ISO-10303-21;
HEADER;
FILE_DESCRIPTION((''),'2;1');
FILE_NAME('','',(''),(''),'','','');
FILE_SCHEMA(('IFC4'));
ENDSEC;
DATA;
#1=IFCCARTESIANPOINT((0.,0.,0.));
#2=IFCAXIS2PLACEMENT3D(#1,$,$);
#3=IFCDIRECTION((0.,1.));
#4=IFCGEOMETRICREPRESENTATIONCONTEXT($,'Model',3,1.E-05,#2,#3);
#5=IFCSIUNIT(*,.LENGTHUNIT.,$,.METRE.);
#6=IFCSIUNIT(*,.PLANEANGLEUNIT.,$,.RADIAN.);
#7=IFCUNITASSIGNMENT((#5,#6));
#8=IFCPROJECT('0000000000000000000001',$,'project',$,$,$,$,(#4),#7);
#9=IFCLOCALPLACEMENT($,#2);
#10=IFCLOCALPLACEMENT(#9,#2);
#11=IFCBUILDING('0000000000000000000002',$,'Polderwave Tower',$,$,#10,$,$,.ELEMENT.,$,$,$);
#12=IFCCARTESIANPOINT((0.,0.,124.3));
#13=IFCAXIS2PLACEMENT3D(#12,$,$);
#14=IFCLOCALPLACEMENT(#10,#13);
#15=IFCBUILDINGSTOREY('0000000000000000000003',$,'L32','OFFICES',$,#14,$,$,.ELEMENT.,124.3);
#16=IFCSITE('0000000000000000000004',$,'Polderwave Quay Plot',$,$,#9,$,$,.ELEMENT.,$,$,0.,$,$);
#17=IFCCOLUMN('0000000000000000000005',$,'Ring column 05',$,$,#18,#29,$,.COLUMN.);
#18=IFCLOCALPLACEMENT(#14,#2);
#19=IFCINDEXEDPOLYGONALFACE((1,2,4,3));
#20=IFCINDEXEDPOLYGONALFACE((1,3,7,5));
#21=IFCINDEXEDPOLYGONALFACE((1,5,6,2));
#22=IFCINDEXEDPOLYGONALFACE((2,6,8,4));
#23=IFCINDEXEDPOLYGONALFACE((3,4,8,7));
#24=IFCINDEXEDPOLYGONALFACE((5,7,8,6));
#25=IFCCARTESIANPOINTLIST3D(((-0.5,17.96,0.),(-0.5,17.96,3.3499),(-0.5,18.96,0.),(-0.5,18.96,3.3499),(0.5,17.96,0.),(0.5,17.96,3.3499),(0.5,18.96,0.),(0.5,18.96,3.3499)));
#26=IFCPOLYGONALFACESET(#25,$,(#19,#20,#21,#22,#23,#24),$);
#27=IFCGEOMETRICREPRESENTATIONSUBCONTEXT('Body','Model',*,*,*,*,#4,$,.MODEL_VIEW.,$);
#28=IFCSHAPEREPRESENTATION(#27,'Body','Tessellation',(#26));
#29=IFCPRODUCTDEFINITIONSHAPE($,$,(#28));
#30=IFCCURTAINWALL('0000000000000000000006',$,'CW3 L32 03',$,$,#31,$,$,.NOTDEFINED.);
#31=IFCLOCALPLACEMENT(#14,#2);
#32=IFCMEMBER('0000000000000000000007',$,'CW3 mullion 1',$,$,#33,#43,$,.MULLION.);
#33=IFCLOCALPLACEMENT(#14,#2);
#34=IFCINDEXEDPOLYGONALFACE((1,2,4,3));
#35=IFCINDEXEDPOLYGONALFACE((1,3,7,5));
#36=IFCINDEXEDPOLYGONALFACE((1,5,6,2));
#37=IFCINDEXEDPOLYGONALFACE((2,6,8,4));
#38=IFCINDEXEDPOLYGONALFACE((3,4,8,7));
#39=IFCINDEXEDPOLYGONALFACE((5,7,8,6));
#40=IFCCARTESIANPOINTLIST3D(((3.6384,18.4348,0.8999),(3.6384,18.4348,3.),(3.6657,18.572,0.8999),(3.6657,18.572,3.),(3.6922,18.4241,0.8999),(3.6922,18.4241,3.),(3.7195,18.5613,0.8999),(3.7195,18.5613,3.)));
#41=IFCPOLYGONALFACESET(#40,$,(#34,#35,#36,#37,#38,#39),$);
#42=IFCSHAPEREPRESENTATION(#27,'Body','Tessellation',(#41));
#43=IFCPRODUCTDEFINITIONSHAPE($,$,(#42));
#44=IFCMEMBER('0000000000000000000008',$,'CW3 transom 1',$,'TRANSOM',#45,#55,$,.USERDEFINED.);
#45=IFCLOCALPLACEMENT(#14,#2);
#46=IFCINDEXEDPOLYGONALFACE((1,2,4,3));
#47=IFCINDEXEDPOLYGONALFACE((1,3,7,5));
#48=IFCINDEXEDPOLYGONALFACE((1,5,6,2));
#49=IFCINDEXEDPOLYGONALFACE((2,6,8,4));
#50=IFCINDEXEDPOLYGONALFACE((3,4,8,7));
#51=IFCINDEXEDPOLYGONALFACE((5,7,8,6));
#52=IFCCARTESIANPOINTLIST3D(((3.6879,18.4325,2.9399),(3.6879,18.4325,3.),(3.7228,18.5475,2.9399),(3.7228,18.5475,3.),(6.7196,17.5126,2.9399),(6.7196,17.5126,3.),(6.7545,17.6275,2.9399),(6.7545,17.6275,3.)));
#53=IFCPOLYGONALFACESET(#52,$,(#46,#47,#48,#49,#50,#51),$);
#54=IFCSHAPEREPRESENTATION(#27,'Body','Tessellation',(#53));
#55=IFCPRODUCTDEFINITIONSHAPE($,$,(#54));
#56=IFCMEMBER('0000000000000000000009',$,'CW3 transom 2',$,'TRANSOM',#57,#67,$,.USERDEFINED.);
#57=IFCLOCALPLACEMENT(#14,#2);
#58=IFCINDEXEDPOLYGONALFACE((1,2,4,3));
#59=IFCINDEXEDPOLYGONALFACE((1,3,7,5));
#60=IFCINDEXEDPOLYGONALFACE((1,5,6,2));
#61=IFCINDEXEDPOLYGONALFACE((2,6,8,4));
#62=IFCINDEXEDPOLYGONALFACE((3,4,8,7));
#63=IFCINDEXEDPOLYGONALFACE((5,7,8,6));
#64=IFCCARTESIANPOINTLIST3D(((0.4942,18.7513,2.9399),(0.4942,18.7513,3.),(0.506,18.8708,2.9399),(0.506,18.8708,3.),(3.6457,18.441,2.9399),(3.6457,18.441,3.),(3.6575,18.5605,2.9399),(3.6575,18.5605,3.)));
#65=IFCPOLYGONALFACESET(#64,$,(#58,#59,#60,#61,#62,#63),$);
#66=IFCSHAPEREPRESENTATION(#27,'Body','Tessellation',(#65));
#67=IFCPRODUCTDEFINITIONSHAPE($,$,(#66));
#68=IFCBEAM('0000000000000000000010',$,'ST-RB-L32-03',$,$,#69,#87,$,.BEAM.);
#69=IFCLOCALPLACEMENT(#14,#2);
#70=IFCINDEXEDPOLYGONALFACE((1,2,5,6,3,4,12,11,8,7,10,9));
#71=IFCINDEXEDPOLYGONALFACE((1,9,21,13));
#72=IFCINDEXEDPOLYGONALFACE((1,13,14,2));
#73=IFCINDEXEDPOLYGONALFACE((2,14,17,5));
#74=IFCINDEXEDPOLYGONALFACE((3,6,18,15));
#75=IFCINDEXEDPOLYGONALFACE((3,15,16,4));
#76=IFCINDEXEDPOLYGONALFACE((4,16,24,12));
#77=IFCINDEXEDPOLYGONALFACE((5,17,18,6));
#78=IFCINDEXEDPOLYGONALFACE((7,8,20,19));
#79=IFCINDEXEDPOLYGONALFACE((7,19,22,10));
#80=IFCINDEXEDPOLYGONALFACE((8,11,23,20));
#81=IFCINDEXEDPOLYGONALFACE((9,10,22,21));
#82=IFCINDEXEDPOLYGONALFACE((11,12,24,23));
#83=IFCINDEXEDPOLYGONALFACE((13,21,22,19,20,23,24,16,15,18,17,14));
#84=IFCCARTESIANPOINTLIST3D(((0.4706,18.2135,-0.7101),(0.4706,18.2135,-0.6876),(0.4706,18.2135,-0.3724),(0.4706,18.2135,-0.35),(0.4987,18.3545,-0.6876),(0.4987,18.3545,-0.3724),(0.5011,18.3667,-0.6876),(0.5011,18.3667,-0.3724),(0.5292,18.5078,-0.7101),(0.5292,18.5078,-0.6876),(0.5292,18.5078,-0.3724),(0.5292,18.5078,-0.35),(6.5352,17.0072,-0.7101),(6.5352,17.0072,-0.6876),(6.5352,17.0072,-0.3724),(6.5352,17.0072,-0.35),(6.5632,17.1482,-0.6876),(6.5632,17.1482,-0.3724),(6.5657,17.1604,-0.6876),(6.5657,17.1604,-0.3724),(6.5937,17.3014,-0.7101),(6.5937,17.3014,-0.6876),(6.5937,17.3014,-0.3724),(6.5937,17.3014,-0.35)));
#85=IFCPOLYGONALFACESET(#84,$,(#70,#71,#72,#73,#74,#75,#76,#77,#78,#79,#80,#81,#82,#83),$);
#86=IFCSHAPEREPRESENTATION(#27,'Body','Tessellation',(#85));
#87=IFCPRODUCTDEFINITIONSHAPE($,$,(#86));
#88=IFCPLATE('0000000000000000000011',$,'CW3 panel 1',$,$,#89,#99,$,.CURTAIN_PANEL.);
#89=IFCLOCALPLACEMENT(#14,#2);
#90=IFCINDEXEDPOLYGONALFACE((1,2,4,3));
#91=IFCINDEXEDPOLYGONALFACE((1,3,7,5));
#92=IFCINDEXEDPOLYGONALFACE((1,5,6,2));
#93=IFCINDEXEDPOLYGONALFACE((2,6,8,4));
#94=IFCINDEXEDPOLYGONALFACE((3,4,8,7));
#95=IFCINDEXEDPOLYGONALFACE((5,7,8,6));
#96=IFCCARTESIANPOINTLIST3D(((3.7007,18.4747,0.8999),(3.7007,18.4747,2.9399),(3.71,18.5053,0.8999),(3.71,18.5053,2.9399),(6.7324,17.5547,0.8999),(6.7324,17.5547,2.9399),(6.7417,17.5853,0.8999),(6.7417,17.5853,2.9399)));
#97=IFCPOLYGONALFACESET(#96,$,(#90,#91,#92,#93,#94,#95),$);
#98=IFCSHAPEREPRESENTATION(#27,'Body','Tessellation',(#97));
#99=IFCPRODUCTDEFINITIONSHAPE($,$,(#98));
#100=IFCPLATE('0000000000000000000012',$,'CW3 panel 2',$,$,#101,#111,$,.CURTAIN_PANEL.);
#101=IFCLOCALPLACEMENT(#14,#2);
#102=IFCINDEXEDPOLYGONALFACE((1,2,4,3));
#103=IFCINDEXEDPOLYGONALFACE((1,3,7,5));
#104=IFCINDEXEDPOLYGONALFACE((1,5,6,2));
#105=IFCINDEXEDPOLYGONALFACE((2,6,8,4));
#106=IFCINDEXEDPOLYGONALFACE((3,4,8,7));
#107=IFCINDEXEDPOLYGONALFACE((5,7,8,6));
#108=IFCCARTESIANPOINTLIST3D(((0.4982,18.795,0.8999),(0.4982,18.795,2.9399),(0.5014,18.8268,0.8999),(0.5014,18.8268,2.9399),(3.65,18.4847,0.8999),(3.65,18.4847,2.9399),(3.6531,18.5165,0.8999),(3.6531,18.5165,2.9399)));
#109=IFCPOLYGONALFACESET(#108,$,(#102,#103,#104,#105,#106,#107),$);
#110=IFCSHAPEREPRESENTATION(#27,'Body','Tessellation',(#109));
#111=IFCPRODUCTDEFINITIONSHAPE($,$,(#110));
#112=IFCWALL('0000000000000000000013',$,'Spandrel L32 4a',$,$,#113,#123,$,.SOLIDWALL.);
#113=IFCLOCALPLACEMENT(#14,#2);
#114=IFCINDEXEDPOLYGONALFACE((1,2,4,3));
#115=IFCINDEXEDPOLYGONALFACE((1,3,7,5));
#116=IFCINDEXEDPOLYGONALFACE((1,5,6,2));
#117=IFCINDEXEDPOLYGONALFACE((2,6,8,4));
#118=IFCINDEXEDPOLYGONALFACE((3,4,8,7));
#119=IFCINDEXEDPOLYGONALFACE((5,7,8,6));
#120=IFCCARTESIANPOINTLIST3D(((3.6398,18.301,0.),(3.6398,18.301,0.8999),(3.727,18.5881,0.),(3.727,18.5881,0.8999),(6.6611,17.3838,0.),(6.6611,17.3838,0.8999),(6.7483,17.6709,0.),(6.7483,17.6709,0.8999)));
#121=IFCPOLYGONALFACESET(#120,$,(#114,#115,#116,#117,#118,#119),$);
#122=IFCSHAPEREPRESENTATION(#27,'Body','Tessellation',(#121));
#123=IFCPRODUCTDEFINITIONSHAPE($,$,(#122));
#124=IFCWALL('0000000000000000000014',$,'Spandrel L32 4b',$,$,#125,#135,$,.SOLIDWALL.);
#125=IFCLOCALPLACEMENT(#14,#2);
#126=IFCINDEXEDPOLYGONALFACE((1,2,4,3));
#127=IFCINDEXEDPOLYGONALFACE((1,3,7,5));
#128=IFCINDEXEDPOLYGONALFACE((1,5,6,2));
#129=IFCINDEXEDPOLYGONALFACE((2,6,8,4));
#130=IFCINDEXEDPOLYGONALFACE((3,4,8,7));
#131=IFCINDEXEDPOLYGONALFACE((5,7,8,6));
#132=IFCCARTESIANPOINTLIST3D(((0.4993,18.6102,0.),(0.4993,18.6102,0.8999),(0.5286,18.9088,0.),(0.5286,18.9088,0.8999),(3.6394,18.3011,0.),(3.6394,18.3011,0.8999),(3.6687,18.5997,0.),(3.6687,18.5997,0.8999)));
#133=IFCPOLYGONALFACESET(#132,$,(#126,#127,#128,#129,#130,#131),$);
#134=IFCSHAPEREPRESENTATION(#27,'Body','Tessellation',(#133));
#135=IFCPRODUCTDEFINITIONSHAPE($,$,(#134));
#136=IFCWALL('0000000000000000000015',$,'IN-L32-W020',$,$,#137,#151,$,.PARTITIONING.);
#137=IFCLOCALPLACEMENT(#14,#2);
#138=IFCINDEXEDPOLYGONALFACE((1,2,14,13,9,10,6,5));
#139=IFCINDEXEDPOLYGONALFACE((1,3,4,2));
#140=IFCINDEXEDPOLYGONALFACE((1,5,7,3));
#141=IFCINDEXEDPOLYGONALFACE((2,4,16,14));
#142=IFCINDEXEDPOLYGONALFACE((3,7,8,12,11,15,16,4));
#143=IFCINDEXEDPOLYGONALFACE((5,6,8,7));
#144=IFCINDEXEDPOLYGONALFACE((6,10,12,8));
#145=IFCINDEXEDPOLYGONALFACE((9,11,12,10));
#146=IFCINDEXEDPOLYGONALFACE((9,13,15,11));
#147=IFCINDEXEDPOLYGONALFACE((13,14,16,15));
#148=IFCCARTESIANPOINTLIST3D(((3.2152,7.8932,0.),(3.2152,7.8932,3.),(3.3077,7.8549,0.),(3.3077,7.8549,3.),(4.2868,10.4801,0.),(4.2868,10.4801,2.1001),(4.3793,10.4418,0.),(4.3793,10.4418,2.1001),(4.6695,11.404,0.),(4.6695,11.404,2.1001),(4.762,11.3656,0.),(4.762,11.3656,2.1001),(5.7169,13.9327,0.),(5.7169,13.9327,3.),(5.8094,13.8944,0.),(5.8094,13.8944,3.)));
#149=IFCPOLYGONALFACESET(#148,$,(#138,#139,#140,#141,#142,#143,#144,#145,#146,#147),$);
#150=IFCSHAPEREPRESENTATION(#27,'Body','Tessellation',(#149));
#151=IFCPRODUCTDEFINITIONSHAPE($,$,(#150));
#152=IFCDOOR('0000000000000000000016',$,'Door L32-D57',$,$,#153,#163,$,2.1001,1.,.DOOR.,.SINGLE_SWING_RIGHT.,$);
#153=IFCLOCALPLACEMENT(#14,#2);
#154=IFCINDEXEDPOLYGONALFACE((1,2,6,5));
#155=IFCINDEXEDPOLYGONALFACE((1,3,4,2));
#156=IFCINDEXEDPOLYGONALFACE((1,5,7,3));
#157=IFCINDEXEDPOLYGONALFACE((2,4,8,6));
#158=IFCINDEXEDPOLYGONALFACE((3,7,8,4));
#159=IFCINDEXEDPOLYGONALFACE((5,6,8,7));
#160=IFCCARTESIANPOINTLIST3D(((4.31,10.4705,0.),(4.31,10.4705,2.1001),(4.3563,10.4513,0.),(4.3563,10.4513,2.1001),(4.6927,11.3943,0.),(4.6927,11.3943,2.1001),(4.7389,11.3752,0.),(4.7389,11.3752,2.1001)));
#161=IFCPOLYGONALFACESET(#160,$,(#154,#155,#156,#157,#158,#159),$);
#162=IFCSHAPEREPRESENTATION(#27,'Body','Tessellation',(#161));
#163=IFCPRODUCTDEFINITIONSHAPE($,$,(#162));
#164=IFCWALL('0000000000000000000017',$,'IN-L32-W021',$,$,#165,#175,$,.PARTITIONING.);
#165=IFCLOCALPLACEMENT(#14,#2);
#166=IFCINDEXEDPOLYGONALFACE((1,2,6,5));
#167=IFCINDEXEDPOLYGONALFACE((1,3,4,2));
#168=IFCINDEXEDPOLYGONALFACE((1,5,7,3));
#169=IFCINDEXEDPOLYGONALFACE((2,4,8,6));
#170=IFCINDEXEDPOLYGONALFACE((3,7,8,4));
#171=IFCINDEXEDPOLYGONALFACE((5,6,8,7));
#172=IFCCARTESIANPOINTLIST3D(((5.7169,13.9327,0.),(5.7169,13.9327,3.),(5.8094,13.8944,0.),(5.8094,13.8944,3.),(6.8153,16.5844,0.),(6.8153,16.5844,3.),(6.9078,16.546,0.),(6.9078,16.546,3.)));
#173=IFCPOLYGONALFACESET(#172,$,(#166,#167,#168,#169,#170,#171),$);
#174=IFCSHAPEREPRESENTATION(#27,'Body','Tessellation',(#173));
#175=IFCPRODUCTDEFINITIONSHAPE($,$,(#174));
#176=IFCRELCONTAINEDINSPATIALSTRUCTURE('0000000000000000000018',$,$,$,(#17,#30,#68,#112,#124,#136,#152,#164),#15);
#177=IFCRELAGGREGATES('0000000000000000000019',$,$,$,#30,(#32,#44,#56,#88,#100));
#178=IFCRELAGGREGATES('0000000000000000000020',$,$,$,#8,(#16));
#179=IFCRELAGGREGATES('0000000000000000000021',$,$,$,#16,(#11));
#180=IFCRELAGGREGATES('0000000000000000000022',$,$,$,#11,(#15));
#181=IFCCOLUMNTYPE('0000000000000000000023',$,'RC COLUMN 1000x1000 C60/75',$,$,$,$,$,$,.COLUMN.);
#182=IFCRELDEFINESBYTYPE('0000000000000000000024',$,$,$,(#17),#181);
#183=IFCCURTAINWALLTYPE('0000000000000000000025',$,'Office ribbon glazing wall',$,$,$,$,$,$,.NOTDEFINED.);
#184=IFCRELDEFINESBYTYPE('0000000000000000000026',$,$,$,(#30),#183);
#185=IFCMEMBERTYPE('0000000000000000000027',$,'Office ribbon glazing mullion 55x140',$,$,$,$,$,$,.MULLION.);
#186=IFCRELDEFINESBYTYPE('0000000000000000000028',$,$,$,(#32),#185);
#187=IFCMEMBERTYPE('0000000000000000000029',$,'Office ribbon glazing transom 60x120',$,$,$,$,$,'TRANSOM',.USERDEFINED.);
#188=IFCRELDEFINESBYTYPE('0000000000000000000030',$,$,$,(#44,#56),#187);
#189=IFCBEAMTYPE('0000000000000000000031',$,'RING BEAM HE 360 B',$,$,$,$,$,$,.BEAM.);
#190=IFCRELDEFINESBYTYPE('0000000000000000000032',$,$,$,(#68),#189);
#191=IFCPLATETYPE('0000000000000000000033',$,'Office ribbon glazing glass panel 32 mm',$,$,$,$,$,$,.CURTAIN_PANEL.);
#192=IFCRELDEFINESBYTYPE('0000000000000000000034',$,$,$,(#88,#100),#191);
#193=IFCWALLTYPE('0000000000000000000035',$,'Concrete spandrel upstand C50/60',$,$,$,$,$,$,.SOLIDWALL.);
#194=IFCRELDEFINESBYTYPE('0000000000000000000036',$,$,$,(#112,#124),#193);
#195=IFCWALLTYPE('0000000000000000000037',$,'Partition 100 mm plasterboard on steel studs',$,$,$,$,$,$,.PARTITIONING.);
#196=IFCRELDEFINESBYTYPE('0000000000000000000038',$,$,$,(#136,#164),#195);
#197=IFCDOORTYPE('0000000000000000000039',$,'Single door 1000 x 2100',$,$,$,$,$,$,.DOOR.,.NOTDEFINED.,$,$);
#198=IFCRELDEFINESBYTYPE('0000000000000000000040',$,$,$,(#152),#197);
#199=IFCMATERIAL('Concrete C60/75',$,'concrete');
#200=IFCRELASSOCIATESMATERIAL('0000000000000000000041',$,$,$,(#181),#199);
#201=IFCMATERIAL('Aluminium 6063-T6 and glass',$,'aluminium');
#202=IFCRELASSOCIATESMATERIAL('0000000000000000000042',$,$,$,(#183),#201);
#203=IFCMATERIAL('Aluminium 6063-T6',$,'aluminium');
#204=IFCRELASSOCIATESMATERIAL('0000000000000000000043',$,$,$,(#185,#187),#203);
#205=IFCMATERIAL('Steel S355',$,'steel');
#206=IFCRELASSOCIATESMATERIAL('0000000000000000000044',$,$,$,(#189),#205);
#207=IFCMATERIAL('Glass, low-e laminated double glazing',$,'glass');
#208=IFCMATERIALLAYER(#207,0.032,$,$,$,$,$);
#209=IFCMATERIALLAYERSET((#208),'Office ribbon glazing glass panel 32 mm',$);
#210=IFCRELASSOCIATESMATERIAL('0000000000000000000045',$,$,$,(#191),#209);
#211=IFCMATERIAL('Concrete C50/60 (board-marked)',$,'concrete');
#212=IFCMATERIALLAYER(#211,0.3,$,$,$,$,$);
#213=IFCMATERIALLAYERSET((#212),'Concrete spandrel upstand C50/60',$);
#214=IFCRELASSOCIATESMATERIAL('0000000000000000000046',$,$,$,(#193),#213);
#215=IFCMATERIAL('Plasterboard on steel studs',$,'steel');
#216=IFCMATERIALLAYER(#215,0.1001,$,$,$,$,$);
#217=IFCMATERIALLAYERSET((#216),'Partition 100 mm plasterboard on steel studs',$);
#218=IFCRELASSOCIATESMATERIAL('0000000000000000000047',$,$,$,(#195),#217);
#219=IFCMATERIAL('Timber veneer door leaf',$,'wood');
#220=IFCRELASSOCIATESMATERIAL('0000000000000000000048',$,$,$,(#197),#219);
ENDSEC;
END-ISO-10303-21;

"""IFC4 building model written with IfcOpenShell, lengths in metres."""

from ifc_helpers import new_model, si_unit, direction, frame, frame_2d, origin, origin_2d, place, context, subcontext, project, spatial, rectangle, i_section, extrude, material, layer, layer_set, material_profile, profile_set, type_object, element, fill, aggregate, save


model = new_model("IFC4")

# Units and contexts
model_context = context("Model", 3, precision=1e-05, world=origin(), true_north=direction((0.0, 1.0)))
body_context = subcontext(model_context, "Body", "Model", "MODEL_VIEW")
ifc_project = project(units=[si_unit("LENGTHUNIT", "METRE"), si_unit("PLANEANGLEUNIT", "RADIAN")], contexts=[model_context])

# Site, building, storey
site_placement = place(None, origin())
site = spatial("IfcSite", under=ifc_project, at=site_placement, Name="Polderwave Quay Plot", CompositionType="ELEMENT", RefElevation=0.0)
building_placement = place(site_placement, origin())
building = spatial("IfcBuilding", under=site, at=building_placement, Name="Polderwave Tower", CompositionType="ELEMENT")
storey_placement = place(building_placement, frame((0.0, 0.0, 124.3)))
storey = spatial("IfcBuildingStorey", under=building, at=storey_placement, Name="L32", Description="OFFICES", CompositionType="ELEMENT", Elevation=124.3)

# Column
ifc_material_1 = material(Name="Concrete C60/75", Category="concrete")
ifc_material_profile_1 = material_profile(ifc_material_1, rectangle(XDim=1.0, YDim=1.0, at=origin_2d()), Name="RC 1000x1000")
ifc_profile_set_1 = profile_set([ifc_material_profile_1], Name="Concrete C60/75")
column_type = type_object("IfcColumnType", Name="RC COLUMN 1000x1000 C60/75", PredefinedType="COLUMN", material=ifc_profile_set_1)
column_placement = place(storey_placement, frame((0.0, 18.46, 0.0), z_axis=(0.0, 0.0, 1.0), x_axis=(0.0, 1.0, 0.0)))
element("IfcColumn", 1, at=column_placement, inside=storey, type_object=column_type, Name="Ring column 05", PredefinedType="COLUMN", context=body_context, shape_type="SweptSolid", body=[
    extrude(rectangle(XDim=1.0, YDim=1.0, at=origin_2d()), origin(), (0.0, 0.0, 1.0), 3.3499),
])

# Curtain wall, members
ifc_material_2 = material(Name="Aluminium 6063-T6 and glass", Category="aluminium")
curtain_wall_type = type_object("IfcCurtainWallType", Name="Office ribbon glazing wall", PredefinedType="NOTDEFINED", material=ifc_material_2)
curtain_wall_placement = place(storey_placement, origin())
curtain_wall = element("IfcCurtainWall", 2, at=curtain_wall_placement, inside=storey, type_object=curtain_wall_type, Name="CW3 L32 03", PredefinedType="NOTDEFINED")
ifc_material_3 = material(Name="Aluminium 6063-T6", Category="aluminium")
ifc_material_profile_2 = material_profile(ifc_material_3, rectangle(XDim=0.1399, YDim=0.0549, at=origin_2d()), Name="AL 55x140")
ifc_profile_set_2 = profile_set([ifc_material_profile_2], Name="Aluminium 6063-T6")
member_type_1 = type_object("IfcMemberType", Name="Office ribbon glazing mullion 55x140", PredefinedType="MULLION", material=ifc_profile_set_2)
member_1_placement = place(storey_placement, frame((3.679, 18.498, 0.8999), z_axis=(0.0, 0.0, 1.0), x_axis=(-0.195128, -0.980778, 0.0)))
member_1 = element("IfcMember", 3, at=member_1_placement, type_object=member_type_1, Name="CW3 mullion 1", PredefinedType="MULLION", context=body_context, shape_type="SweptSolid", body=[
    extrude(rectangle(XDim=0.1399, YDim=0.0549, at=origin_2d()), origin(), (0.0, 0.0, 1.0), 2.1001),
])
ifc_material_profile_3 = material_profile(ifc_material_3, rectangle(XDim=0.1201, YDim=0.0601, at=origin_2d()), Name="AL 60x120")
ifc_profile_set_3 = profile_set([ifc_material_profile_3], Name="Aluminium 6063-T6")
member_type_2 = type_object("IfcMemberType", Name="Office ribbon glazing transom 60x120", ElementType="TRANSOM", PredefinedType="USERDEFINED", material=ifc_profile_set_3)
member_2_placement = place(storey_placement, frame((6.7371, 17.5701, 2.97), z_axis=(-0.956918, 0.290358, 0.0), x_axis=(-0.290358, -0.956918, 0.0)))
member_2 = element("IfcMember", 4, at=member_2_placement, type_object=member_type_2, Name="CW3 transom 1", ObjectType="TRANSOM", PredefinedType="USERDEFINED", context=body_context, shape_type="SweptSolid", body=[
    extrude(rectangle(XDim=0.1201, YDim=0.0601, at=origin_2d()), origin(), (0.0, 0.0, 1.0), 3.1682),
])
member_3_placement = place(storey_placement, frame((3.6516, 18.5007, 2.97), z_axis=(-0.995188, 0.097985, 0.0), x_axis=(-0.097985, -0.995188, 0.0)))
member_3 = element("IfcMember", 5, at=member_3_placement, type_object=member_type_2, Name="CW3 transom 2", ObjectType="TRANSOM", PredefinedType="USERDEFINED", context=body_context, shape_type="SweptSolid", body=[
    extrude(rectangle(XDim=0.1201, YDim=0.0601, at=origin_2d()), origin(), (0.0, 0.0, 1.0), 3.1667),
])

# Beam
ifc_material_4 = material(Name="Steel S355", Category="steel")
ifc_material_profile_4 = material_profile(ifc_material_4, i_section(OverallWidth=0.3, OverallDepth=0.3601, WebThickness=0.0125, FlangeThickness=0.0225, at=origin_2d()), Name="HE 360 B")
ifc_profile_set_4 = profile_set([ifc_material_profile_4], Name="Steel S355")
beam_type = type_object("IfcBeamType", Name="RING BEAM HE 360 B", PredefinedType="BEAM", material=ifc_profile_set_4)
beam_placement = place(storey_placement, frame((6.5645, 17.1543, -0.53), z_axis=(-0.980785, 0.195091, 0.0), x_axis=(-0.195091, -0.980785, 0.0)))
element("IfcBeam", 6, at=beam_placement, inside=storey, type_object=beam_type, Name="ST-RB-L32-03", PredefinedType="BEAM", context=body_context, shape_type="SweptSolid", body=[
    extrude(i_section(OverallWidth=0.3, OverallDepth=0.3601, WebThickness=0.0125, FlangeThickness=0.0225, at=origin_2d()), origin(), (0.0, 0.0, 1.0), 6.1833),
])

# Plates
ifc_material_5 = material(Name="Glass, low-e laminated double glazing", Category="glass")
ifc_layer_1 = layer(ifc_material_5, 0.032)
ifc_layer_set_1 = layer_set([ifc_layer_1], Name="Office ribbon glazing glass panel 32 mm")
plate_type = type_object("IfcPlateType", Name="Office ribbon glazing glass panel 32 mm", PredefinedType="CURTAIN_PANEL", material=ifc_layer_set_1)
plate_1_placement = place(storey_placement, frame((5.2212, 18.03, 0.8999), z_axis=(0.0, 0.0, 1.0), x_axis=(-0.956908, 0.29039, 0.0)))
plate_1 = element("IfcPlate", 7, at=plate_1_placement, type_object=plate_type, Name="CW3 panel 1", PredefinedType="CURTAIN_PANEL", context=body_context, shape_type="SweptSolid", body=[
    extrude(rectangle(XDim=3.1682, YDim=0.032, at=origin_2d()), origin(), (0.0, 0.0, 1.0), 2.04),
])
plate_2_placement = place(storey_placement, frame((2.0757, 18.6558, 0.8999), z_axis=(0.0, 0.0, 1.0), x_axis=(-0.995188, 0.097984, 0.0)))
plate_2 = element("IfcPlate", 8, at=plate_2_placement, type_object=plate_type, Name="CW3 panel 2", PredefinedType="CURTAIN_PANEL", context=body_context, shape_type="SweptSolid", body=[
    extrude(rectangle(XDim=3.167, YDim=0.032, at=origin_2d()), origin(), (0.0, 0.0, 1.0), 2.04),
])
aggregate(curtain_wall, [member_1, member_2, member_3, plate_1, plate_2])

# Walls
ifc_material_6 = material(Name="Concrete C50/60 (board-marked)", Category="concrete")
ifc_layer_2 = layer(ifc_material_6, 0.3)
ifc_layer_set_2 = layer_set([ifc_layer_2], Name="Concrete spandrel upstand C50/60")
wall_type_1 = type_object("IfcWallType", Name="Concrete spandrel upstand C50/60", PredefinedType="SOLIDWALL", material=ifc_layer_set_2)
wall_1_placement = place(storey_placement, frame((6.7046, 17.5273, 0.0), z_axis=(0.0, 0.0, 1.0), x_axis=(-0.956874, 0.290503, 0.0)))
element("IfcWall", 9, at=wall_1_placement, inside=storey, type_object=wall_type_1, Name="Spandrel L32 4a", PredefinedType="SOLIDWALL", context=body_context, shape_type="SweptSolid", body=[
    extrude(rectangle(XDim=3.1575, YDim=0.3, at=frame_2d((1.5786, 0.0))), origin(), (0.0, 0.0, 1.0), 0.8999),
])
wall_2_placement = place(storey_placement, frame((3.6541, 18.4504, 0.0), z_axis=(0.0, 0.0, 1.0), x_axis=(-0.995191, 0.097956, 0.0)))
element("IfcWall", 10, at=wall_2_placement, inside=storey, type_object=wall_type_1, Name="Spandrel L32 4b", PredefinedType="SOLIDWALL", context=body_context, shape_type="SweptSolid", body=[
    extrude(rectangle(XDim=3.1553, YDim=0.3, at=frame_2d((1.5776, 0.0))), origin(), (0.0, 0.0, 1.0), 0.8999),
])

# Wall, opening, door
ifc_material_7 = material(Name="Plasterboard on steel studs", Category="steel")
ifc_layer_3 = layer(ifc_material_7, 0.1001)
ifc_layer_set_3 = layer_set([ifc_layer_3], Name="Partition 100 mm plasterboard on steel studs")
wall_type_2 = type_object("IfcWallType", Name="Partition 100 mm plasterboard on steel studs", PredefinedType="PARTITIONING", material=ifc_layer_set_3)
wall_3_placement = place(storey_placement, frame((3.2615, 7.874, 0.0), z_axis=(0.0, 0.0, 1.0), x_axis=(0.382689, 0.923877, 0.0)))
wall_3 = element("IfcWall", 11, at=wall_3_placement, inside=storey, type_object=wall_type_2, Name="IN-L32-W020", PredefinedType="PARTITIONING", context=body_context, shape_type="SweptSolid", body=[
    extrude(rectangle(XDim=6.5371, YDim=0.1001, at=frame_2d((3.2686, 0.0))), origin(), (0.0, 0.0, 1.0), 3.0),
])
opening_1_placement = place(wall_3_placement, frame((2.8, 0.0, 0.0)))
opening_1 = element("IfcOpeningElement", 12, at=opening_1_placement, cuts=wall_3, PredefinedType="OPENING", context=body_context, shape_type="SweptSolid", body=[
    extrude(rectangle(XDim=1.0, YDim=2.1001, at=frame_2d((0.5, 1.05))), frame((0.0, 0.0601, 0.0), z_axis=(0.0, -1.0, 0.0), x_axis=(1.0, 0.0, 0.0)), (0.0, 0.0, 1.0), 0.1201),
])
ifc_material_8 = material(Name="Timber veneer door leaf", Category="wood")
door_type = type_object("IfcDoorType", Name="Single door 1000 x 2100", OperationType="NOTDEFINED", PredefinedType="DOOR", material=ifc_material_8)
door_1_placement = place(opening_1_placement, origin())
door_1 = element("IfcDoor", 13, at=door_1_placement, inside=storey, type_object=door_type, Name="Door L32-D57", OperationType="SINGLE_SWING_RIGHT", OverallHeight=2.1001, OverallWidth=1.0, PredefinedType="DOOR", context=body_context, shape_type="SweptSolid", body=[
    extrude(rectangle(XDim=1.0, YDim=2.1001, at=frame_2d((0.5, 1.05))), frame((0.0, 0.0249, 0.0), z_axis=(0.0, -1.0, 0.0), x_axis=(1.0, 0.0, 0.0)), (0.0, 0.0, 1.0), 0.05),
])
fill(opening_1, door_1)

# Wall
wall_4_placement = place(storey_placement, frame((5.7632, 13.9136, 0.0), z_axis=(0.0, 0.0, 1.0), x_axis=(0.3827, 0.923873, 0.0)))
element("IfcWall", 14, at=wall_4_placement, inside=storey, type_object=wall_type_2, Name="IN-L32-W021", PredefinedType="PARTITIONING", context=body_context, shape_type="SweptSolid", body=[
    extrude(rectangle(XDim=2.8701, YDim=0.1001, at=frame_2d((1.4351, 0.0))), origin(), (0.0, 0.0, 1.0), 3.0),
])

save(model, "model.ifc")
